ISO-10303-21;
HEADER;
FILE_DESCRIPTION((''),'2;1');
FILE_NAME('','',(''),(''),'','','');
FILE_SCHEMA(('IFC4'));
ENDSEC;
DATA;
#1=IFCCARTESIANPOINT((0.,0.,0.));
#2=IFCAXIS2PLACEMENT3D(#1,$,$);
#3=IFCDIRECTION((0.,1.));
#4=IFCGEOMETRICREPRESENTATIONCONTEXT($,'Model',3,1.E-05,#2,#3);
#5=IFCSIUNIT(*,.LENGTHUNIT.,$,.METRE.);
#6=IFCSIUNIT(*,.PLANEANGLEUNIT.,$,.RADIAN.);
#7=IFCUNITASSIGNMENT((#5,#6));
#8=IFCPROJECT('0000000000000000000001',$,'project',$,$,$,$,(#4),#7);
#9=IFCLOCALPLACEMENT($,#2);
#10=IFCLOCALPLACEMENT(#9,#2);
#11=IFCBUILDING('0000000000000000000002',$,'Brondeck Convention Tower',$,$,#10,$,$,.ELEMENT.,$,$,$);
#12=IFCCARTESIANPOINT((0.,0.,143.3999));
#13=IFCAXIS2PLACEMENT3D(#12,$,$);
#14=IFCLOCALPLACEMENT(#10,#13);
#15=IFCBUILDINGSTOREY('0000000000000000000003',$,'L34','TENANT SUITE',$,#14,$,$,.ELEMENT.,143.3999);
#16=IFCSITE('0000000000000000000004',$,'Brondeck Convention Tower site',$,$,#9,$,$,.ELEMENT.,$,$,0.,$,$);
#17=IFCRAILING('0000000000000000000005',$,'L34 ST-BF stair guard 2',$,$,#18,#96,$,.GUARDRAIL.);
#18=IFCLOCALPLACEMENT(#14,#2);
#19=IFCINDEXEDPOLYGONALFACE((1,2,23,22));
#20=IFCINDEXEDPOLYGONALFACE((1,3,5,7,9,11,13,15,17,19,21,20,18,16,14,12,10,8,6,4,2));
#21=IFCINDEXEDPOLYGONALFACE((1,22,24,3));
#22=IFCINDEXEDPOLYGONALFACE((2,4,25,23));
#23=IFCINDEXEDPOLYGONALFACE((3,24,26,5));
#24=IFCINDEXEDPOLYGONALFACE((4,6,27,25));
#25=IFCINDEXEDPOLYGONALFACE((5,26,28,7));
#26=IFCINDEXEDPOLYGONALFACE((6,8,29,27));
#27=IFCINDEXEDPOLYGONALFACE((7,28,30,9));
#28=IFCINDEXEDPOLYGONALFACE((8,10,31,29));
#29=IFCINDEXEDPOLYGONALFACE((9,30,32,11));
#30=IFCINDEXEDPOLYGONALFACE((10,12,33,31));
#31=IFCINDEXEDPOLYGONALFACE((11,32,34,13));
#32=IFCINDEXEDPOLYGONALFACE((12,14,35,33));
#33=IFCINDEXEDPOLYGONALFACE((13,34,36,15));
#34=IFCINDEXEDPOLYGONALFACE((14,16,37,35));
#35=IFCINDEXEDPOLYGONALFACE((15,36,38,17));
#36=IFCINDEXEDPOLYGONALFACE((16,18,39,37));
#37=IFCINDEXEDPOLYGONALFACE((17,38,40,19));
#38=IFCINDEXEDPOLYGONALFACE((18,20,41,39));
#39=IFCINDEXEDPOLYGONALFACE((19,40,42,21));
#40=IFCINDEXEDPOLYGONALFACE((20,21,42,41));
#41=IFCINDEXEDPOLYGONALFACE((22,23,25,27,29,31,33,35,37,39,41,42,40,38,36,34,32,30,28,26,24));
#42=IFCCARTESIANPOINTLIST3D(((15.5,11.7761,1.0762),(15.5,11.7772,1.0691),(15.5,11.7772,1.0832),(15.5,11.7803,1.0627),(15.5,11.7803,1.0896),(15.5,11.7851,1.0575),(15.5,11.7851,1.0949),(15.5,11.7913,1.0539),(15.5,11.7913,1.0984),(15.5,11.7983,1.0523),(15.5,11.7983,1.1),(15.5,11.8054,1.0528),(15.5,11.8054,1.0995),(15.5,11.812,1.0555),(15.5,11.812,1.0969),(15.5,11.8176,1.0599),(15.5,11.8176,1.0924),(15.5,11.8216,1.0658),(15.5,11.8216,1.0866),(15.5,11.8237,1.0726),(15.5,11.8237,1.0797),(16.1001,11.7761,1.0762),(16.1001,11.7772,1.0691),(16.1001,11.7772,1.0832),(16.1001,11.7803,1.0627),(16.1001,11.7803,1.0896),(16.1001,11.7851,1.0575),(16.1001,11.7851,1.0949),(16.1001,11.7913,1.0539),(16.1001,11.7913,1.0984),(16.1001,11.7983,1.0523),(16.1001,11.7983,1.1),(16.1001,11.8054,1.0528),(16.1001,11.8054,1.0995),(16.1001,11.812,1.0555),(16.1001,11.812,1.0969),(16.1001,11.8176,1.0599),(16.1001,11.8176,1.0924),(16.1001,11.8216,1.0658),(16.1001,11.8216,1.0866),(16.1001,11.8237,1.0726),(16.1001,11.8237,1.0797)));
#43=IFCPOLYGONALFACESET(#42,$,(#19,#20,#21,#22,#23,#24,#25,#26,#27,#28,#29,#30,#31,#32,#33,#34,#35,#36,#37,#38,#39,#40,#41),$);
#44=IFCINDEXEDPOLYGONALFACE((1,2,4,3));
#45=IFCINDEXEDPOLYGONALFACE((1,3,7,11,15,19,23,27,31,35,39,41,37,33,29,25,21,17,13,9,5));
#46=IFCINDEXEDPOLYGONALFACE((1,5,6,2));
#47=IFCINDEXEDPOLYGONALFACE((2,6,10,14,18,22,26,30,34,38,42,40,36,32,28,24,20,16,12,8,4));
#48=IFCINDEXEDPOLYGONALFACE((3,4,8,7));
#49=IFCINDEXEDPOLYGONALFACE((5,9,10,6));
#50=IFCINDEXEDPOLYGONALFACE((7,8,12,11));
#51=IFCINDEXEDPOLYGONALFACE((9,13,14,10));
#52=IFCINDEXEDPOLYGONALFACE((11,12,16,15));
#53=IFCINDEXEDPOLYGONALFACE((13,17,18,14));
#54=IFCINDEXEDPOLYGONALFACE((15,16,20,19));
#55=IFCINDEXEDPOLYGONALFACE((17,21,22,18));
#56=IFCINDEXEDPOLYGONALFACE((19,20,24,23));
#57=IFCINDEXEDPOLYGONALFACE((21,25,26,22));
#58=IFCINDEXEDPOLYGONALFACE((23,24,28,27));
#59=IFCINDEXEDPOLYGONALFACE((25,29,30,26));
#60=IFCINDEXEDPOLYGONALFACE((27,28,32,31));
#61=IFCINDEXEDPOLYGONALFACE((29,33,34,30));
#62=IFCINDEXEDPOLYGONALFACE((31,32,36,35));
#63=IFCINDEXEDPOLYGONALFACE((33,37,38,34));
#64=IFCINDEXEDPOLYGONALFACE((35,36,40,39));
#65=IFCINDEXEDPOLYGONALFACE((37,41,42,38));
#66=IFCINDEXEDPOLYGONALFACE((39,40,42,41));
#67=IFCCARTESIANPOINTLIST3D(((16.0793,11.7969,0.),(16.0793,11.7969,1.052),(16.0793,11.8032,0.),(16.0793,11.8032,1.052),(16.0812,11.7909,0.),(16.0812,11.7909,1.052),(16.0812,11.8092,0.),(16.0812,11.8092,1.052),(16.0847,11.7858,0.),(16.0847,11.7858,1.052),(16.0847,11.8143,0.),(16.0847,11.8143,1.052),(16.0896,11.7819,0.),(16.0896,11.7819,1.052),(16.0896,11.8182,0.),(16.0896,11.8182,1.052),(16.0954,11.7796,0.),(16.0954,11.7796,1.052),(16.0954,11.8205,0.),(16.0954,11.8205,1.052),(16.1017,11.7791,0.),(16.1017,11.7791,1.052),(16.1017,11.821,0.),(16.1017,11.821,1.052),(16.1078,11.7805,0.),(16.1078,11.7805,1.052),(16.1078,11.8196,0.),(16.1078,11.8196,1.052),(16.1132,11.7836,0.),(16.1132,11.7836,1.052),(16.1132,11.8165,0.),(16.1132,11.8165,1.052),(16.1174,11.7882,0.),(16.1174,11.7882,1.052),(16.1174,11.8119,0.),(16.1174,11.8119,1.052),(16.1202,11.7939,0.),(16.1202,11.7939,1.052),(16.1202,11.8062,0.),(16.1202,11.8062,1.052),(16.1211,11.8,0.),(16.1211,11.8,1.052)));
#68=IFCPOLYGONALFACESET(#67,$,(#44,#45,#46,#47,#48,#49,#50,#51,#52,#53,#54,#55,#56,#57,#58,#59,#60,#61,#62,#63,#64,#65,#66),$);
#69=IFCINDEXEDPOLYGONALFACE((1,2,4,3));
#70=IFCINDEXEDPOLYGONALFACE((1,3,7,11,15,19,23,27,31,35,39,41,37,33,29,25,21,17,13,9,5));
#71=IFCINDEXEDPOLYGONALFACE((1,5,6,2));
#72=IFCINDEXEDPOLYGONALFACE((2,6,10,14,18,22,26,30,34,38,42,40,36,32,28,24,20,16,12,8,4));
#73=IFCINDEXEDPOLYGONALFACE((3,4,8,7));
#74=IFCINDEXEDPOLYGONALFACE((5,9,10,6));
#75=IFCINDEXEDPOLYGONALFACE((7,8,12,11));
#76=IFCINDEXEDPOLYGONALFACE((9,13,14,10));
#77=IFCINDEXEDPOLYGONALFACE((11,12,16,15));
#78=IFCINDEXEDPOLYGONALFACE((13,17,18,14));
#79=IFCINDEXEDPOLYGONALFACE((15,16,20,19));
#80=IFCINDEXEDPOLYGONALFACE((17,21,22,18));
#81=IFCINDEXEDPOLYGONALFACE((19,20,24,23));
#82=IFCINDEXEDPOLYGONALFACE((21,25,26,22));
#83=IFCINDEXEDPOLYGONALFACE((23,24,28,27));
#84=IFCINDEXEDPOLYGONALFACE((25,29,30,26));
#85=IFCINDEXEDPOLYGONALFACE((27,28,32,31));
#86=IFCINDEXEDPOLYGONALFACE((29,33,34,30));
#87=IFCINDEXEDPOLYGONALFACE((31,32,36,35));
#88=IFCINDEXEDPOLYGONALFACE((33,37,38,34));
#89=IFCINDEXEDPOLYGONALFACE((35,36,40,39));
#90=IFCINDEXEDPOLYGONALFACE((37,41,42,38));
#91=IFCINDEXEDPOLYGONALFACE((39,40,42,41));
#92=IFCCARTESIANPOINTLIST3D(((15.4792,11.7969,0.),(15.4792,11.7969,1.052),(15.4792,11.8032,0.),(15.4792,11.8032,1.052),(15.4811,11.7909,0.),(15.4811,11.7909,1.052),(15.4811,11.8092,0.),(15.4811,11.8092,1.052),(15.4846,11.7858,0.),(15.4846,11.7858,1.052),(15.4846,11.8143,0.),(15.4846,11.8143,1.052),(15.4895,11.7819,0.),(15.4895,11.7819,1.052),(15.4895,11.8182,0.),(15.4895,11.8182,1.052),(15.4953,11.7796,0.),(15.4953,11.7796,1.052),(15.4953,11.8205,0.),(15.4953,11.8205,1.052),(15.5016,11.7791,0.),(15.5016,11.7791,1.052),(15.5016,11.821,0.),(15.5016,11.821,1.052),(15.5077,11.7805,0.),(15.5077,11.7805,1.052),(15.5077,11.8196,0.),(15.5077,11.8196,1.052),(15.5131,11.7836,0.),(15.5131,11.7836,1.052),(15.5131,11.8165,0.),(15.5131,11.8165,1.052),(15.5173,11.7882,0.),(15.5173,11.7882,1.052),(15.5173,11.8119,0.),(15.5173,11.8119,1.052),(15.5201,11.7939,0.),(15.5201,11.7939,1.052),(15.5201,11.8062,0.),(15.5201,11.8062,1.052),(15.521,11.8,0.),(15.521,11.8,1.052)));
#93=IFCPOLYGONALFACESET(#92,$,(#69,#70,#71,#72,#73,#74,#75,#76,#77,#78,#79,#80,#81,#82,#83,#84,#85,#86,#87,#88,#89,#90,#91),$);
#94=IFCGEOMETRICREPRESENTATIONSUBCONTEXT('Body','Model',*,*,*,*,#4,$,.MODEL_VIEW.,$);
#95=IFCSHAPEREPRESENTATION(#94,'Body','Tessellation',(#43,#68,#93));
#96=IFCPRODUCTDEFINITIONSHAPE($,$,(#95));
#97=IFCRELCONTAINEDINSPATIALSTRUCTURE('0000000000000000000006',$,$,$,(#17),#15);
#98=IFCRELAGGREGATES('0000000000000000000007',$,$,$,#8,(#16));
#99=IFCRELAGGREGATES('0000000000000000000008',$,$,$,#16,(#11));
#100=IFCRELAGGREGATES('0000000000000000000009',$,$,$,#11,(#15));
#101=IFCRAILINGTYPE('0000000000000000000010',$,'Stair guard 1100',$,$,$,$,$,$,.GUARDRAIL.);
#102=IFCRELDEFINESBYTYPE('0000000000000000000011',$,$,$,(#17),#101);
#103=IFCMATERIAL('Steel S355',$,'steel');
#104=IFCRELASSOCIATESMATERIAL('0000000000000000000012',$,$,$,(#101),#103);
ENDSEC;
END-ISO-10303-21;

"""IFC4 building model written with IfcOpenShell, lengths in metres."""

from ifc_helpers import new_model, si_unit, direction, frame, origin, origin_2d, place, context, subcontext, project, spatial, circle, extrude, material, type_object, element, save


model = new_model("IFC4")

# Units and contexts
model_context = context("Model", 3, precision=1e-05, world=origin(), true_north=direction((0.0, 1.0)))
body_context = subcontext(model_context, "Body", "Model", "MODEL_VIEW")
ifc_project = project(units=[si_unit("LENGTHUNIT", "METRE"), si_unit("PLANEANGLEUNIT", "RADIAN")], contexts=[model_context])

# Site, building, storey
site_placement = place(None, origin())
site = spatial("IfcSite", under=ifc_project, at=site_placement, Name="Brondeck Convention Tower site", CompositionType="ELEMENT", RefElevation=0.0)
building_placement = place(site_placement, origin())
building = spatial("IfcBuilding", under=site, at=building_placement, Name="Brondeck Convention Tower", CompositionType="ELEMENT")
storey_placement = place(building_placement, frame((0.0, 0.0, 143.3999)))
storey = spatial("IfcBuildingStorey", under=building, at=storey_placement, Name="L34", Description="TENANT SUITE", CompositionType="ELEMENT", Elevation=143.3999)

# Shared definitions
ifc_material_1 = material(Name="Steel S355", Category="steel")

# Railing
railing_type_1 = type_object("IfcRailingType", Name="Stair guard 1100", PredefinedType="GUARDRAIL", material=ifc_material_1)
railing_1_placement = place(storey_placement, frame((16.1001, 11.8, 0.0)))
element("IfcRailing", 1, at=railing_1_placement, inside=storey, type_object=railing_type_1, Name="L34 ST-BF stair guard 2", PredefinedType="GUARDRAIL", context=body_context, shape_type="SweptSolid", body=[
    extrude(circle(Radius=0.0239, at=origin_2d()), frame((0.0, 0.0, 1.0762), z_axis=(-1.0, 0.0, 0.0), x_axis=(0.0, -1.0, 0.0)), (0.0, 0.0, 1.0), 0.6001),
    extrude(circle(Radius=0.021, at=origin_2d()), origin(), (0.0, 0.0, 1.0), 1.052),
    extrude(circle(Radius=0.021, at=origin_2d()), frame((-0.6001, 0.0, 0.0)), (0.0, 0.0, 1.0), 1.052),
])

save(model, "model.ifc")
